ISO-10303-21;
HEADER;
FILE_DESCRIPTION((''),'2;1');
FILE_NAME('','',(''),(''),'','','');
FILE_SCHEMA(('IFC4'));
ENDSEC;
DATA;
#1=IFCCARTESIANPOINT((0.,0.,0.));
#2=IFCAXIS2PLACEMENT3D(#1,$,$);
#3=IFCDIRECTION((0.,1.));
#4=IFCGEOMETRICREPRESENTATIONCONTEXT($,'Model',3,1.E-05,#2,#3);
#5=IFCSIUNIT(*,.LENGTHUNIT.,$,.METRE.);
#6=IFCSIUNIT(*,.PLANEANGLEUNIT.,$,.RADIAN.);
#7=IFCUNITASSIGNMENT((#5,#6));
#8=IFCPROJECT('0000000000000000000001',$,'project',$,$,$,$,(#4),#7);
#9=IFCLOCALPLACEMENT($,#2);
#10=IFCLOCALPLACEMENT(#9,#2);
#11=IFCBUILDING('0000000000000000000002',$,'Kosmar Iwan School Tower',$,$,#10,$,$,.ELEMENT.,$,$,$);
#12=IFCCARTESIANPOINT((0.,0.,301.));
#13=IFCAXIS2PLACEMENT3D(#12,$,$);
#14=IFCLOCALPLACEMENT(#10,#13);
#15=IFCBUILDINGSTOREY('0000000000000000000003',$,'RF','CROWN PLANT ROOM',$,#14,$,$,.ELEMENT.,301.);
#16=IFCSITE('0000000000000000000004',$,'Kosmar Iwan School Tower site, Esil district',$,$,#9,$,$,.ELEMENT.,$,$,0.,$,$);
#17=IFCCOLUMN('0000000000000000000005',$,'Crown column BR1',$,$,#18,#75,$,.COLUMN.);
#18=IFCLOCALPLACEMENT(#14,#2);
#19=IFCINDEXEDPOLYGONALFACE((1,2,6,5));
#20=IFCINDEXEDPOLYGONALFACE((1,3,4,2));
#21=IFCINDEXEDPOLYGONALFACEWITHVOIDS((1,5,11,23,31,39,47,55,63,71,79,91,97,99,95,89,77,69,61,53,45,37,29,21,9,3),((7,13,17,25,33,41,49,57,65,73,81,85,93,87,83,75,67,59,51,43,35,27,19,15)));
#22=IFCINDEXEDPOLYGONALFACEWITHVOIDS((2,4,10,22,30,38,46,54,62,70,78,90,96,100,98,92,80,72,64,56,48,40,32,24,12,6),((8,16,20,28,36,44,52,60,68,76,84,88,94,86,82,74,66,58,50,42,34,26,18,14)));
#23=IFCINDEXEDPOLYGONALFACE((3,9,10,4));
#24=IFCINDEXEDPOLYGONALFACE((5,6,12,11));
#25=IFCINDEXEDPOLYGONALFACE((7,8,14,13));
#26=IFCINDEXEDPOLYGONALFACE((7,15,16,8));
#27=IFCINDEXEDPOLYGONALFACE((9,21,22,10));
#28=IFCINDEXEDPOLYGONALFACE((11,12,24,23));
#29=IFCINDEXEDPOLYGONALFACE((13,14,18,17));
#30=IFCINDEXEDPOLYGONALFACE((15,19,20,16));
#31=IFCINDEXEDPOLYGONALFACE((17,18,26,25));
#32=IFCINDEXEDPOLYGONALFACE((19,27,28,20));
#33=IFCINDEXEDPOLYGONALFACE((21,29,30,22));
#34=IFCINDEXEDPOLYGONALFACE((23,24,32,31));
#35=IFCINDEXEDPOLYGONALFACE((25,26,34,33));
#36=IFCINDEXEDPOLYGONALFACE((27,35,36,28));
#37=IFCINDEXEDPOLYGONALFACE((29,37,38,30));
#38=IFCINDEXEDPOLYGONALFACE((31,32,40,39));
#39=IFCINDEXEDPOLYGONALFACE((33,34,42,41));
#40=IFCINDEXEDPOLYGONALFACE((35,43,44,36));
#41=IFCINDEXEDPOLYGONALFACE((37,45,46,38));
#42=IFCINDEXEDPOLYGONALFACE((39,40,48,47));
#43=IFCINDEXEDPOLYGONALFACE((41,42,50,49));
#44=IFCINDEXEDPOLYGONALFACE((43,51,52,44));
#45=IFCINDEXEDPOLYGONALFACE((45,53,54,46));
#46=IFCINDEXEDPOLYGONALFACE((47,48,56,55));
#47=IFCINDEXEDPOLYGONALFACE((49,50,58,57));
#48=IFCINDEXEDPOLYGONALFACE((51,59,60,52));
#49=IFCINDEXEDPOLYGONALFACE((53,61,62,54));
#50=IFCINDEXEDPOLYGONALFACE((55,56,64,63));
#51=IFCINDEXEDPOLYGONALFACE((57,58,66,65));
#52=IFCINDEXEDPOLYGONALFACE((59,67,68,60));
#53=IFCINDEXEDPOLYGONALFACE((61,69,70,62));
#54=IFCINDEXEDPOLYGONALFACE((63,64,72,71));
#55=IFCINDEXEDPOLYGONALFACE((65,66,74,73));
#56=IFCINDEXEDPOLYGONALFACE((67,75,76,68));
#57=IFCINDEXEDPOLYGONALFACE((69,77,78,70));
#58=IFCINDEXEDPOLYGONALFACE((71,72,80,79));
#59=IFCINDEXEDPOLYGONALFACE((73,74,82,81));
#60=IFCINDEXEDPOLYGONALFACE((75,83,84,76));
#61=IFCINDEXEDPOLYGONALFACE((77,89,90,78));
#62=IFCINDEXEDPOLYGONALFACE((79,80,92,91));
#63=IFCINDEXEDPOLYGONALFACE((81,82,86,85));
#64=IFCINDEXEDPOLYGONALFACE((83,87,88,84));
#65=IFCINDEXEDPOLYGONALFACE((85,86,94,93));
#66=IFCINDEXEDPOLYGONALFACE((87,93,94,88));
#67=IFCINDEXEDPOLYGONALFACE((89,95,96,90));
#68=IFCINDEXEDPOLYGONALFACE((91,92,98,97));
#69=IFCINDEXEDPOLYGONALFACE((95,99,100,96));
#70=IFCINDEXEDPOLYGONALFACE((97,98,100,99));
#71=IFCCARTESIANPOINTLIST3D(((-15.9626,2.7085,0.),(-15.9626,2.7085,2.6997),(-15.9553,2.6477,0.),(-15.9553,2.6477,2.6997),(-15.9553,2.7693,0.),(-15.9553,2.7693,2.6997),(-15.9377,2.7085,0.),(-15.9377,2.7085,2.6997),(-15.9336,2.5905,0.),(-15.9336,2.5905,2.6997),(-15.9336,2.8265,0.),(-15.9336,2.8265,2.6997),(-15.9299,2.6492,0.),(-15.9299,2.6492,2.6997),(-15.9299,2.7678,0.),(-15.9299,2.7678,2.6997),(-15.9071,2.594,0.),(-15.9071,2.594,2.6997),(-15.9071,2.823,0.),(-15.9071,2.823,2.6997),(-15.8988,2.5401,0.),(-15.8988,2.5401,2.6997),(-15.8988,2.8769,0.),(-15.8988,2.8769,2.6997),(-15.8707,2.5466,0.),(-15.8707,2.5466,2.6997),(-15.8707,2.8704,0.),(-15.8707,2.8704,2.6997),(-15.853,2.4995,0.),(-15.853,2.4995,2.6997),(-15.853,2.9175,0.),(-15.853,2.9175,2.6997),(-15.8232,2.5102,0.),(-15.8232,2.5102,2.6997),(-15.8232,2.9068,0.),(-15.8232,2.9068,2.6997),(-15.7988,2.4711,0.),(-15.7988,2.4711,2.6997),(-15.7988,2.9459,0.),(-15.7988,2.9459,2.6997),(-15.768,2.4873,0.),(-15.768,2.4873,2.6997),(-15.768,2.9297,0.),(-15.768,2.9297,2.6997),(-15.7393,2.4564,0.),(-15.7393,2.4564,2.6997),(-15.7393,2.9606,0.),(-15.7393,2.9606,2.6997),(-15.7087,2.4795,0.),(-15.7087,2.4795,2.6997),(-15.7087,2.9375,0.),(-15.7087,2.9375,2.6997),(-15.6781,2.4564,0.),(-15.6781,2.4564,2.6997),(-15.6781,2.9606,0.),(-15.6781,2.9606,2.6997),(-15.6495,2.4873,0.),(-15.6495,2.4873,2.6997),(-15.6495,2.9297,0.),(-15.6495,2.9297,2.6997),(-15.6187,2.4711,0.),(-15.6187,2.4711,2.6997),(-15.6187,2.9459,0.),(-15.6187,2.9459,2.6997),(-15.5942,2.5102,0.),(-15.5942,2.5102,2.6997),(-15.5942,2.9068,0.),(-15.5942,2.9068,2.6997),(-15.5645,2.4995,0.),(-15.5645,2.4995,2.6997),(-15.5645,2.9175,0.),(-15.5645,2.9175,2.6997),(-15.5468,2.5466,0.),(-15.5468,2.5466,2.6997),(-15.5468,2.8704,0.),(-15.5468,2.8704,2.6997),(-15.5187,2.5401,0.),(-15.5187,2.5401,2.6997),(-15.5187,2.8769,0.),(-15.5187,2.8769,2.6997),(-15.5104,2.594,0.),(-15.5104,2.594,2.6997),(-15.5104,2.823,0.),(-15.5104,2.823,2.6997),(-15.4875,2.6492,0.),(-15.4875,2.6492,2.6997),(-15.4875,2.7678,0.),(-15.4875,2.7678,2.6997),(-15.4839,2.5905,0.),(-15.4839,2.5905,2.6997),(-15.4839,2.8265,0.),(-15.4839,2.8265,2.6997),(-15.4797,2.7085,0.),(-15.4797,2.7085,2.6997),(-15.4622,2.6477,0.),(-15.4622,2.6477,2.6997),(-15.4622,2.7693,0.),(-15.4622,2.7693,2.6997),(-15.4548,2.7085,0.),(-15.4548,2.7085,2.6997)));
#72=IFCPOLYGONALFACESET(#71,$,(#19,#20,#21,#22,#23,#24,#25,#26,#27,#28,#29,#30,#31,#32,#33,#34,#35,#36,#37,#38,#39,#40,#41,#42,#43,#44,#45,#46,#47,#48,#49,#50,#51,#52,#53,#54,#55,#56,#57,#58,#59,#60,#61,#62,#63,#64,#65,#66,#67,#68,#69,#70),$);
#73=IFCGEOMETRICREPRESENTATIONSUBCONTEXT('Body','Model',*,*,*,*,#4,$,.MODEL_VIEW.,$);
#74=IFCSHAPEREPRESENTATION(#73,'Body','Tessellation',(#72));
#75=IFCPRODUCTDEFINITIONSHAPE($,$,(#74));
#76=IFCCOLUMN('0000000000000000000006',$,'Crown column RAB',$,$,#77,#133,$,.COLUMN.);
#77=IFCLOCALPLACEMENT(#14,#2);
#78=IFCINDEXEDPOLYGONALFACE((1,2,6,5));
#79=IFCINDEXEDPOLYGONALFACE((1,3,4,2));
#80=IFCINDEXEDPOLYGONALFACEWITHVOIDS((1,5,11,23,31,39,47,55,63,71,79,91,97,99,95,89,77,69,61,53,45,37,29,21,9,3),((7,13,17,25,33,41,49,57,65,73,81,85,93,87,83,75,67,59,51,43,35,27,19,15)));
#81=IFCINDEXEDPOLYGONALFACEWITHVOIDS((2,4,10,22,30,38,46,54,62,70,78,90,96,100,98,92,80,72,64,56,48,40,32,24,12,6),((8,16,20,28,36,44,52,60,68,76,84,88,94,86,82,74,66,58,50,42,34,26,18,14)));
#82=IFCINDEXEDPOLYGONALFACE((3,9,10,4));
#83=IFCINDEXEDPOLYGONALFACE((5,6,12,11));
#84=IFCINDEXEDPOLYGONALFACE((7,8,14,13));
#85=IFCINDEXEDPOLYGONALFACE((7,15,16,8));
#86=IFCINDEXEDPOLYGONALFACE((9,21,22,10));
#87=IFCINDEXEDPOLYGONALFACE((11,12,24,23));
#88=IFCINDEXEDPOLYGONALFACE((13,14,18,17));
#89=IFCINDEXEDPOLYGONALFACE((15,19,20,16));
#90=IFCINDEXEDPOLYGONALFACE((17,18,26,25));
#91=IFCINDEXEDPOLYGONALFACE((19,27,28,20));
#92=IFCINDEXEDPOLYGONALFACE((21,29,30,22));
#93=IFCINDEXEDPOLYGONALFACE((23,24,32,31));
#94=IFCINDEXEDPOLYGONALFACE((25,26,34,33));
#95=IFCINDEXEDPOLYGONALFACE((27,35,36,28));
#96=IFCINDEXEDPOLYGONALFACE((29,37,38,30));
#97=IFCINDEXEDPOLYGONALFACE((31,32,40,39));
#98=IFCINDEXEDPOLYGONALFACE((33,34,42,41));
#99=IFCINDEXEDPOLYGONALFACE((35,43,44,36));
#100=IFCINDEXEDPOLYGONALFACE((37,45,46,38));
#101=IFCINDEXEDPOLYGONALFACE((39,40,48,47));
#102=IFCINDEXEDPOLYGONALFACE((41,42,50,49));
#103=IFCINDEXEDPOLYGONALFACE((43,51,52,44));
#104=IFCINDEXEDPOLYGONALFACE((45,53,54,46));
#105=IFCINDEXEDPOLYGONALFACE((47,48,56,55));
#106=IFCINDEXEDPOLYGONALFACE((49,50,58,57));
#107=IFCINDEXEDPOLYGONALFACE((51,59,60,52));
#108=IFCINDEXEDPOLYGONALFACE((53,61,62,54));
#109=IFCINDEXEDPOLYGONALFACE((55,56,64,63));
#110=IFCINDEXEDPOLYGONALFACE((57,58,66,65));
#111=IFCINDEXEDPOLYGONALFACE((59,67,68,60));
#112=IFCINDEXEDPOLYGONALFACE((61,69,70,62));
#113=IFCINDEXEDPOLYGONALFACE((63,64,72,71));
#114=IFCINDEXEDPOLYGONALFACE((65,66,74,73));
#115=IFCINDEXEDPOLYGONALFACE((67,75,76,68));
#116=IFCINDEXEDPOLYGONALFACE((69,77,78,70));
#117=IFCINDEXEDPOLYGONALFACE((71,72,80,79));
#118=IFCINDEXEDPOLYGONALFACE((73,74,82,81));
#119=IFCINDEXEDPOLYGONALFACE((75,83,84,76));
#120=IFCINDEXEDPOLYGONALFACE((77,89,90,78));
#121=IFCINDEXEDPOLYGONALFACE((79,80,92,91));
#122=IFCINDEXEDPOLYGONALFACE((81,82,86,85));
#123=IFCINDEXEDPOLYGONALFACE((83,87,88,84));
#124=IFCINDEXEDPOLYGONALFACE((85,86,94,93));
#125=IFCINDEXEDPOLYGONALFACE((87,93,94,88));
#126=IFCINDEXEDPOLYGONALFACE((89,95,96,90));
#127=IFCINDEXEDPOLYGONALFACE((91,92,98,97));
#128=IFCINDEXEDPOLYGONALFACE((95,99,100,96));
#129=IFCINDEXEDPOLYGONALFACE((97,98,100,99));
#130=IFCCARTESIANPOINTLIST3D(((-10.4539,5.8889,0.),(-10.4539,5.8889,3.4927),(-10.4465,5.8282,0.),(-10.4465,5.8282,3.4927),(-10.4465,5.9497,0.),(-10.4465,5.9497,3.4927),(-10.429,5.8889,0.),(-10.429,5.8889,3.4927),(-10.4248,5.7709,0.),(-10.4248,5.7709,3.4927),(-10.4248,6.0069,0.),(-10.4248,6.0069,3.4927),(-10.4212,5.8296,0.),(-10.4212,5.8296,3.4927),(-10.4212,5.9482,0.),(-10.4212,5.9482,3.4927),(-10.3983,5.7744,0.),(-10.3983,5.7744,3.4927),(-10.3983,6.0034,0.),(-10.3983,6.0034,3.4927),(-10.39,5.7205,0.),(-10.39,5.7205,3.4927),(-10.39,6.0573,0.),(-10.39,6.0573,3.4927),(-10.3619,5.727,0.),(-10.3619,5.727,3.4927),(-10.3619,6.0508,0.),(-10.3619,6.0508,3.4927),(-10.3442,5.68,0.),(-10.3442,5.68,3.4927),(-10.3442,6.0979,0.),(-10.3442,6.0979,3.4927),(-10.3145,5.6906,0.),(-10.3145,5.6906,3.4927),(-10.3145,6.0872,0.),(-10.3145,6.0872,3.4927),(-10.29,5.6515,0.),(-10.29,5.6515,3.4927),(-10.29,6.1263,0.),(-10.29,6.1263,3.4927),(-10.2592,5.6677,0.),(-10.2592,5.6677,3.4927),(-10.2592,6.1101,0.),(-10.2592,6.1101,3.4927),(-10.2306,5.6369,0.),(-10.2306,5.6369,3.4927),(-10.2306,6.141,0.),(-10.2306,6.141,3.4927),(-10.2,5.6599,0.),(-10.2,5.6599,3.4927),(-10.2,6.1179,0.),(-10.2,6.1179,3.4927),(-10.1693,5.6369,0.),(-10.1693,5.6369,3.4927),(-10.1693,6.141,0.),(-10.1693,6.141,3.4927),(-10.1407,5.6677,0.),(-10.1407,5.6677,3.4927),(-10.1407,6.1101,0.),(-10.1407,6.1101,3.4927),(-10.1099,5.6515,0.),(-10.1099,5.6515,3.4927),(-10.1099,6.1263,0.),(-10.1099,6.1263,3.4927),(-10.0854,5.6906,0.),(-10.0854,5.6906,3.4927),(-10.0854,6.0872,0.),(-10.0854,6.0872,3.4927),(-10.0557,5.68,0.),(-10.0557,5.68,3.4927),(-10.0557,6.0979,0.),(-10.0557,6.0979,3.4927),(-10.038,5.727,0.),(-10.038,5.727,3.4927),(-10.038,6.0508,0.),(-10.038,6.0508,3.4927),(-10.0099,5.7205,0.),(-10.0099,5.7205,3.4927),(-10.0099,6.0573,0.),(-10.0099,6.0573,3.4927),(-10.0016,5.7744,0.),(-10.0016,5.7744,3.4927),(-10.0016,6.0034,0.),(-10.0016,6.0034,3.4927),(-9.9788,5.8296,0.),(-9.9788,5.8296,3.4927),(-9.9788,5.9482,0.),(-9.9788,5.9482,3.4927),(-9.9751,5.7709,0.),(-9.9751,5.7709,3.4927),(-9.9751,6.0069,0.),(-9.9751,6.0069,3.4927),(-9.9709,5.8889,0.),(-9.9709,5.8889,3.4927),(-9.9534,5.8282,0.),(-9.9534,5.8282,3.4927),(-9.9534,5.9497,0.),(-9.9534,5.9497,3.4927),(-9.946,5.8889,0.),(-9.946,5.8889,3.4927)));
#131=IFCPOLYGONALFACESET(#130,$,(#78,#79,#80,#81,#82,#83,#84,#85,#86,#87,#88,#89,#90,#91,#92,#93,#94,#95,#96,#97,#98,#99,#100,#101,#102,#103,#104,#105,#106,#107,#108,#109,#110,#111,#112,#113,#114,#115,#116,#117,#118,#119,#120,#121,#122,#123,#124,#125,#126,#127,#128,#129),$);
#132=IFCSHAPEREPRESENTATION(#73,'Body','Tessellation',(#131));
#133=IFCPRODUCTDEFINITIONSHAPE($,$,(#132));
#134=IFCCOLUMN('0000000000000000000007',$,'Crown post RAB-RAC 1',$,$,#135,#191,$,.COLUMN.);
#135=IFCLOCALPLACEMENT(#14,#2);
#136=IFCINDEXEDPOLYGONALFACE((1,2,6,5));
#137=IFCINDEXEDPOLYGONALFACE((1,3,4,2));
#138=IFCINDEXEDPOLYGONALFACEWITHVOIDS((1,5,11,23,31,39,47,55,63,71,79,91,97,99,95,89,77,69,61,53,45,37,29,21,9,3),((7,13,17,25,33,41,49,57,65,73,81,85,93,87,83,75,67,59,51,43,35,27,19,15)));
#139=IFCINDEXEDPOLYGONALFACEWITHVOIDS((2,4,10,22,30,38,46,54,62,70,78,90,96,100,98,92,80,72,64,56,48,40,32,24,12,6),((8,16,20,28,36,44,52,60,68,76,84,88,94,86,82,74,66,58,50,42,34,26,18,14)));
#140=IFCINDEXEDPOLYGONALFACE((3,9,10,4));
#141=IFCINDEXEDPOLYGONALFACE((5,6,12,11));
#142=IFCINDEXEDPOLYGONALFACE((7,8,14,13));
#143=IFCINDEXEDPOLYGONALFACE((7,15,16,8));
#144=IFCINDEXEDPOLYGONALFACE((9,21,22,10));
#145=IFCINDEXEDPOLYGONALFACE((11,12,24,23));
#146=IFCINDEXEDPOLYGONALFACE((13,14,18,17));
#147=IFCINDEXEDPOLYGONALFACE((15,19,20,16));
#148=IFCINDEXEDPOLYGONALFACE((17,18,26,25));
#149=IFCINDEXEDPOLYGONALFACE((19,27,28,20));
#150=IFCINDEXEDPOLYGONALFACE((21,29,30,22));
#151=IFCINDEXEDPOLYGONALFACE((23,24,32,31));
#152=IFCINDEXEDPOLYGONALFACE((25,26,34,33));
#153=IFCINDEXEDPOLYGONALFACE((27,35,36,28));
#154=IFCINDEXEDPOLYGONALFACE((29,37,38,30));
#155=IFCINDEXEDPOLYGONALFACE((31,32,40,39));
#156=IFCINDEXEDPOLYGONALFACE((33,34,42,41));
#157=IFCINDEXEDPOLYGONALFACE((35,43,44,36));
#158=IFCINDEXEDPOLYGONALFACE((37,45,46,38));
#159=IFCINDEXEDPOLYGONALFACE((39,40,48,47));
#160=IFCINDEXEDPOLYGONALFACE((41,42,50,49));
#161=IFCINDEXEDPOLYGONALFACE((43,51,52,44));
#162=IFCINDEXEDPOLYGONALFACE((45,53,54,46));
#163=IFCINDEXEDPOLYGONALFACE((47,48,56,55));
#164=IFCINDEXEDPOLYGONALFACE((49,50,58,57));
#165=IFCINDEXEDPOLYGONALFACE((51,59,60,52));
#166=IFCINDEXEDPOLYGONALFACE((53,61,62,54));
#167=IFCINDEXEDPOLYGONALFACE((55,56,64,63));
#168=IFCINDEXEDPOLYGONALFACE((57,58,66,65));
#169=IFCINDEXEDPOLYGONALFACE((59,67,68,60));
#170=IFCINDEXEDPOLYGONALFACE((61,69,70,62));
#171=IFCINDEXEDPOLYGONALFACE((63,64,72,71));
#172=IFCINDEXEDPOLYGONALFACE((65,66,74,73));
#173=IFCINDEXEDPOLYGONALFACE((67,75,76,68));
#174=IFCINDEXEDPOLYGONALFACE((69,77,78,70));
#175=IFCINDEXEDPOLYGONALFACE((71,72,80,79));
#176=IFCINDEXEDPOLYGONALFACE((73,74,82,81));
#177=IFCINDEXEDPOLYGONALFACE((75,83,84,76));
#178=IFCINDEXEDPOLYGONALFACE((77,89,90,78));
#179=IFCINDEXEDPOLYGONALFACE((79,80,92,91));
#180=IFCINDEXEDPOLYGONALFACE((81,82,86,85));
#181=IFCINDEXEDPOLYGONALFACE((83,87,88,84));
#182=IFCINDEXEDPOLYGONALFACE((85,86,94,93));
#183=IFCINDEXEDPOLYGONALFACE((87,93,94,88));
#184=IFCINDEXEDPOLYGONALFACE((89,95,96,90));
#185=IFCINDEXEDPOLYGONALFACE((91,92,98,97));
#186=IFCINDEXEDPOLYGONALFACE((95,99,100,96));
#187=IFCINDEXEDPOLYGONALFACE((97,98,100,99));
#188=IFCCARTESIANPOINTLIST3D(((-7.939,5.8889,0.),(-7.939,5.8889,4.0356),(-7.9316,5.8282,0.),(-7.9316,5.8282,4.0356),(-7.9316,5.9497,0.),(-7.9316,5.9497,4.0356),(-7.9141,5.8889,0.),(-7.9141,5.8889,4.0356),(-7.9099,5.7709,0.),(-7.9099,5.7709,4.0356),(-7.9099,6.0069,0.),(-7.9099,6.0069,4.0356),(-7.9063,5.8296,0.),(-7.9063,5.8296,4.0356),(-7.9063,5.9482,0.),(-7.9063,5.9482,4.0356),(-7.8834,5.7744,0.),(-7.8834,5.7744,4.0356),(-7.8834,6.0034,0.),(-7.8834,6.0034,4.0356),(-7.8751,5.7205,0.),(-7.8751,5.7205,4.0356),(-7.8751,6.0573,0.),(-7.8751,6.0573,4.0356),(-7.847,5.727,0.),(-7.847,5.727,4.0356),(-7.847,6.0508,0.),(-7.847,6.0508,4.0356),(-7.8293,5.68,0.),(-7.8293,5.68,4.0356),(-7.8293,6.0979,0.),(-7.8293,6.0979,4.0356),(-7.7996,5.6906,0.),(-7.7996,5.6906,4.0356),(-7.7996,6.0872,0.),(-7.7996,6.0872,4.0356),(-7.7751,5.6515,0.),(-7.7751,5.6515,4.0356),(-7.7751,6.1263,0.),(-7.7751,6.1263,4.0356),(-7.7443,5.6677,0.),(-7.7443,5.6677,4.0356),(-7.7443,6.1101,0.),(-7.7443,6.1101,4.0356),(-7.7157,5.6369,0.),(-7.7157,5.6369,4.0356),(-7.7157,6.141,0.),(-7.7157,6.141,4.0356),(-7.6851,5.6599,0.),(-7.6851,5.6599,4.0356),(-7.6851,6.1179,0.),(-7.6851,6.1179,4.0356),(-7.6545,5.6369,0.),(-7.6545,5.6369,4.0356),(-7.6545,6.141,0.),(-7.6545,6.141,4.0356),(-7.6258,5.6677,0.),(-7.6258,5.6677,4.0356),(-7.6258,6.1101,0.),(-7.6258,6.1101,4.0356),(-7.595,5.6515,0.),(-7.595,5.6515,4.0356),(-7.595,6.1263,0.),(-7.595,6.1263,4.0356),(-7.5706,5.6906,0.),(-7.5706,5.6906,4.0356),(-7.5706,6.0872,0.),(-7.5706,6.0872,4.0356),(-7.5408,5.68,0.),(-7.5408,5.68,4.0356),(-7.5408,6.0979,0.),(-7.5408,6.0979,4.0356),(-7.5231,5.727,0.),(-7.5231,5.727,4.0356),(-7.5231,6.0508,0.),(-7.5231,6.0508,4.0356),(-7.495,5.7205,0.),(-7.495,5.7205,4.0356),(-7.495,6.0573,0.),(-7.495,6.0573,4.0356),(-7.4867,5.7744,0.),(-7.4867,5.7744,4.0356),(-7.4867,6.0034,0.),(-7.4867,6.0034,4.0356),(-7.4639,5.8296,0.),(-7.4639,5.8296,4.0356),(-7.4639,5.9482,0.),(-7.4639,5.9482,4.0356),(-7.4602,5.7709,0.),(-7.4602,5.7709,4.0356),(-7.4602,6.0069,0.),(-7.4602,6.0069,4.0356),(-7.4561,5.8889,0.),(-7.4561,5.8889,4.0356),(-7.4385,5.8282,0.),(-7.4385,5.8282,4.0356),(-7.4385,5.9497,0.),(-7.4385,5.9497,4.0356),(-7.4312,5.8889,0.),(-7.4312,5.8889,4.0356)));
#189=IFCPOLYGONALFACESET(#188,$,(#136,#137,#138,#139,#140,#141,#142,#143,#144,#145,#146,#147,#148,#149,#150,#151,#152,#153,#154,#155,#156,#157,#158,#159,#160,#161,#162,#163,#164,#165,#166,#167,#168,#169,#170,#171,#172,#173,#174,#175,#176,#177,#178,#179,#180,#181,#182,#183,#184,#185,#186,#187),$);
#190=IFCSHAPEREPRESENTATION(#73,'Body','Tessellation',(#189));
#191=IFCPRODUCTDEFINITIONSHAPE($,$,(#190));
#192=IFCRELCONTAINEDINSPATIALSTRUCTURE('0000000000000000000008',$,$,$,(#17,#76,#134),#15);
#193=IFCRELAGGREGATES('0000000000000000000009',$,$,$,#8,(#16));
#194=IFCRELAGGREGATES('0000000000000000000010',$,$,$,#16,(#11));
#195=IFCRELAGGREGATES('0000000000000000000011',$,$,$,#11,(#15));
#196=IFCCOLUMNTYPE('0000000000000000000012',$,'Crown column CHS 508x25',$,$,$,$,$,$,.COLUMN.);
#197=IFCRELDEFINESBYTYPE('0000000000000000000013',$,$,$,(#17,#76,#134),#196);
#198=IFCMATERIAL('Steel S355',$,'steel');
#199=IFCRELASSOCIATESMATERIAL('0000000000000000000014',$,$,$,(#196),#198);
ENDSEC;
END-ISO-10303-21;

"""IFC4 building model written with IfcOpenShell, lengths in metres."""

from ifc_helpers import new_model, si_unit, direction, frame, origin, origin_2d, place, context, subcontext, project, spatial, hollow_circle, extrude, material, material_profile, profile_set, type_object, element, save


model = new_model("IFC4")

# Units and contexts
model_context = context("Model", 3, precision=1e-05, world=origin(), true_north=direction((0.0, 1.0)))
body_context = subcontext(model_context, "Body", "Model", "MODEL_VIEW")
ifc_project = project(units=[si_unit("LENGTHUNIT", "METRE"), si_unit("PLANEANGLEUNIT", "RADIAN")], contexts=[model_context])

# Site, building, storey
site_placement = place(None, origin())
site = spatial("IfcSite", under=ifc_project, at=site_placement, Name="Kosmar Iwan School Tower site, Esil district", CompositionType="ELEMENT", RefElevation=0.0)
building_placement = place(site_placement, origin())
building = spatial("IfcBuilding", under=site, at=building_placement, Name="Kosmar Iwan School Tower", CompositionType="ELEMENT")
storey_placement = place(building_placement, frame((0.0, 0.0, 301.0)))
storey = spatial("IfcBuildingStorey", under=building, at=storey_placement, Name="RF", Description="CROWN PLANT ROOM", CompositionType="ELEMENT", Elevation=301.0)

# Columns
ifc_material_1 = material(Name="Steel S355", Category="steel")
ifc_material_profile_1 = material_profile(ifc_material_1, hollow_circle(Radius=0.2539, WallThickness=0.0249, at=origin_2d()), Name="CHS 508x25")
ifc_profile_set_1 = profile_set([ifc_material_profile_1], Name="Steel S355")
column_type = type_object("IfcColumnType", Name="Crown column CHS 508x25", PredefinedType="COLUMN", material=ifc_profile_set_1)
column_1_placement = place(storey_placement, frame((-15.7087, 2.7085, 0.0), z_axis=(0.0, 0.0, 1.0), x_axis=(1.0, 0.0, 0.0)))
element("IfcColumn", 1, at=column_1_placement, inside=storey, type_object=column_type, Name="Crown column BR1", PredefinedType="COLUMN", context=body_context, shape_type="SweptSolid", body=[
    extrude(hollow_circle(Radius=0.2539, WallThickness=0.0249, at=origin_2d()), origin(), (0.0, 0.0, 1.0), 2.6997),
])
column_2_placement = place(storey_placement, frame((-10.2, 5.8889, 0.0), z_axis=(0.0, 0.0, 1.0), x_axis=(1.0, 0.0, 0.0)))
element("IfcColumn", 2, at=column_2_placement, inside=storey, type_object=column_type, Name="Crown column RAB", PredefinedType="COLUMN", context=body_context, shape_type="SweptSolid", body=[
    extrude(hollow_circle(Radius=0.2539, WallThickness=0.0249, at=origin_2d()), origin(), (0.0, 0.0, 1.0), 3.4927),
])
for number, where, z_axis, x_axis, name in (
    (3, (-7.6851, 5.8889, 0.0), (0.0, 0.0, 1.0), (1.0, 0.0, 0.0), "Crown post RAB-RAC 1"),
):
    element("IfcColumn", number, at=place(storey_placement, frame(where, z_axis=z_axis, x_axis=x_axis)), inside=storey, type_object=column_type, Name=name, PredefinedType="COLUMN", context=body_context, shape_type="SweptSolid", body=[
        extrude(hollow_circle(Radius=0.2539, WallThickness=0.0249, at=origin_2d()), origin(), (0.0, 0.0, 1.0), 4.0356),
    ])

save(model, "model.ifc")
